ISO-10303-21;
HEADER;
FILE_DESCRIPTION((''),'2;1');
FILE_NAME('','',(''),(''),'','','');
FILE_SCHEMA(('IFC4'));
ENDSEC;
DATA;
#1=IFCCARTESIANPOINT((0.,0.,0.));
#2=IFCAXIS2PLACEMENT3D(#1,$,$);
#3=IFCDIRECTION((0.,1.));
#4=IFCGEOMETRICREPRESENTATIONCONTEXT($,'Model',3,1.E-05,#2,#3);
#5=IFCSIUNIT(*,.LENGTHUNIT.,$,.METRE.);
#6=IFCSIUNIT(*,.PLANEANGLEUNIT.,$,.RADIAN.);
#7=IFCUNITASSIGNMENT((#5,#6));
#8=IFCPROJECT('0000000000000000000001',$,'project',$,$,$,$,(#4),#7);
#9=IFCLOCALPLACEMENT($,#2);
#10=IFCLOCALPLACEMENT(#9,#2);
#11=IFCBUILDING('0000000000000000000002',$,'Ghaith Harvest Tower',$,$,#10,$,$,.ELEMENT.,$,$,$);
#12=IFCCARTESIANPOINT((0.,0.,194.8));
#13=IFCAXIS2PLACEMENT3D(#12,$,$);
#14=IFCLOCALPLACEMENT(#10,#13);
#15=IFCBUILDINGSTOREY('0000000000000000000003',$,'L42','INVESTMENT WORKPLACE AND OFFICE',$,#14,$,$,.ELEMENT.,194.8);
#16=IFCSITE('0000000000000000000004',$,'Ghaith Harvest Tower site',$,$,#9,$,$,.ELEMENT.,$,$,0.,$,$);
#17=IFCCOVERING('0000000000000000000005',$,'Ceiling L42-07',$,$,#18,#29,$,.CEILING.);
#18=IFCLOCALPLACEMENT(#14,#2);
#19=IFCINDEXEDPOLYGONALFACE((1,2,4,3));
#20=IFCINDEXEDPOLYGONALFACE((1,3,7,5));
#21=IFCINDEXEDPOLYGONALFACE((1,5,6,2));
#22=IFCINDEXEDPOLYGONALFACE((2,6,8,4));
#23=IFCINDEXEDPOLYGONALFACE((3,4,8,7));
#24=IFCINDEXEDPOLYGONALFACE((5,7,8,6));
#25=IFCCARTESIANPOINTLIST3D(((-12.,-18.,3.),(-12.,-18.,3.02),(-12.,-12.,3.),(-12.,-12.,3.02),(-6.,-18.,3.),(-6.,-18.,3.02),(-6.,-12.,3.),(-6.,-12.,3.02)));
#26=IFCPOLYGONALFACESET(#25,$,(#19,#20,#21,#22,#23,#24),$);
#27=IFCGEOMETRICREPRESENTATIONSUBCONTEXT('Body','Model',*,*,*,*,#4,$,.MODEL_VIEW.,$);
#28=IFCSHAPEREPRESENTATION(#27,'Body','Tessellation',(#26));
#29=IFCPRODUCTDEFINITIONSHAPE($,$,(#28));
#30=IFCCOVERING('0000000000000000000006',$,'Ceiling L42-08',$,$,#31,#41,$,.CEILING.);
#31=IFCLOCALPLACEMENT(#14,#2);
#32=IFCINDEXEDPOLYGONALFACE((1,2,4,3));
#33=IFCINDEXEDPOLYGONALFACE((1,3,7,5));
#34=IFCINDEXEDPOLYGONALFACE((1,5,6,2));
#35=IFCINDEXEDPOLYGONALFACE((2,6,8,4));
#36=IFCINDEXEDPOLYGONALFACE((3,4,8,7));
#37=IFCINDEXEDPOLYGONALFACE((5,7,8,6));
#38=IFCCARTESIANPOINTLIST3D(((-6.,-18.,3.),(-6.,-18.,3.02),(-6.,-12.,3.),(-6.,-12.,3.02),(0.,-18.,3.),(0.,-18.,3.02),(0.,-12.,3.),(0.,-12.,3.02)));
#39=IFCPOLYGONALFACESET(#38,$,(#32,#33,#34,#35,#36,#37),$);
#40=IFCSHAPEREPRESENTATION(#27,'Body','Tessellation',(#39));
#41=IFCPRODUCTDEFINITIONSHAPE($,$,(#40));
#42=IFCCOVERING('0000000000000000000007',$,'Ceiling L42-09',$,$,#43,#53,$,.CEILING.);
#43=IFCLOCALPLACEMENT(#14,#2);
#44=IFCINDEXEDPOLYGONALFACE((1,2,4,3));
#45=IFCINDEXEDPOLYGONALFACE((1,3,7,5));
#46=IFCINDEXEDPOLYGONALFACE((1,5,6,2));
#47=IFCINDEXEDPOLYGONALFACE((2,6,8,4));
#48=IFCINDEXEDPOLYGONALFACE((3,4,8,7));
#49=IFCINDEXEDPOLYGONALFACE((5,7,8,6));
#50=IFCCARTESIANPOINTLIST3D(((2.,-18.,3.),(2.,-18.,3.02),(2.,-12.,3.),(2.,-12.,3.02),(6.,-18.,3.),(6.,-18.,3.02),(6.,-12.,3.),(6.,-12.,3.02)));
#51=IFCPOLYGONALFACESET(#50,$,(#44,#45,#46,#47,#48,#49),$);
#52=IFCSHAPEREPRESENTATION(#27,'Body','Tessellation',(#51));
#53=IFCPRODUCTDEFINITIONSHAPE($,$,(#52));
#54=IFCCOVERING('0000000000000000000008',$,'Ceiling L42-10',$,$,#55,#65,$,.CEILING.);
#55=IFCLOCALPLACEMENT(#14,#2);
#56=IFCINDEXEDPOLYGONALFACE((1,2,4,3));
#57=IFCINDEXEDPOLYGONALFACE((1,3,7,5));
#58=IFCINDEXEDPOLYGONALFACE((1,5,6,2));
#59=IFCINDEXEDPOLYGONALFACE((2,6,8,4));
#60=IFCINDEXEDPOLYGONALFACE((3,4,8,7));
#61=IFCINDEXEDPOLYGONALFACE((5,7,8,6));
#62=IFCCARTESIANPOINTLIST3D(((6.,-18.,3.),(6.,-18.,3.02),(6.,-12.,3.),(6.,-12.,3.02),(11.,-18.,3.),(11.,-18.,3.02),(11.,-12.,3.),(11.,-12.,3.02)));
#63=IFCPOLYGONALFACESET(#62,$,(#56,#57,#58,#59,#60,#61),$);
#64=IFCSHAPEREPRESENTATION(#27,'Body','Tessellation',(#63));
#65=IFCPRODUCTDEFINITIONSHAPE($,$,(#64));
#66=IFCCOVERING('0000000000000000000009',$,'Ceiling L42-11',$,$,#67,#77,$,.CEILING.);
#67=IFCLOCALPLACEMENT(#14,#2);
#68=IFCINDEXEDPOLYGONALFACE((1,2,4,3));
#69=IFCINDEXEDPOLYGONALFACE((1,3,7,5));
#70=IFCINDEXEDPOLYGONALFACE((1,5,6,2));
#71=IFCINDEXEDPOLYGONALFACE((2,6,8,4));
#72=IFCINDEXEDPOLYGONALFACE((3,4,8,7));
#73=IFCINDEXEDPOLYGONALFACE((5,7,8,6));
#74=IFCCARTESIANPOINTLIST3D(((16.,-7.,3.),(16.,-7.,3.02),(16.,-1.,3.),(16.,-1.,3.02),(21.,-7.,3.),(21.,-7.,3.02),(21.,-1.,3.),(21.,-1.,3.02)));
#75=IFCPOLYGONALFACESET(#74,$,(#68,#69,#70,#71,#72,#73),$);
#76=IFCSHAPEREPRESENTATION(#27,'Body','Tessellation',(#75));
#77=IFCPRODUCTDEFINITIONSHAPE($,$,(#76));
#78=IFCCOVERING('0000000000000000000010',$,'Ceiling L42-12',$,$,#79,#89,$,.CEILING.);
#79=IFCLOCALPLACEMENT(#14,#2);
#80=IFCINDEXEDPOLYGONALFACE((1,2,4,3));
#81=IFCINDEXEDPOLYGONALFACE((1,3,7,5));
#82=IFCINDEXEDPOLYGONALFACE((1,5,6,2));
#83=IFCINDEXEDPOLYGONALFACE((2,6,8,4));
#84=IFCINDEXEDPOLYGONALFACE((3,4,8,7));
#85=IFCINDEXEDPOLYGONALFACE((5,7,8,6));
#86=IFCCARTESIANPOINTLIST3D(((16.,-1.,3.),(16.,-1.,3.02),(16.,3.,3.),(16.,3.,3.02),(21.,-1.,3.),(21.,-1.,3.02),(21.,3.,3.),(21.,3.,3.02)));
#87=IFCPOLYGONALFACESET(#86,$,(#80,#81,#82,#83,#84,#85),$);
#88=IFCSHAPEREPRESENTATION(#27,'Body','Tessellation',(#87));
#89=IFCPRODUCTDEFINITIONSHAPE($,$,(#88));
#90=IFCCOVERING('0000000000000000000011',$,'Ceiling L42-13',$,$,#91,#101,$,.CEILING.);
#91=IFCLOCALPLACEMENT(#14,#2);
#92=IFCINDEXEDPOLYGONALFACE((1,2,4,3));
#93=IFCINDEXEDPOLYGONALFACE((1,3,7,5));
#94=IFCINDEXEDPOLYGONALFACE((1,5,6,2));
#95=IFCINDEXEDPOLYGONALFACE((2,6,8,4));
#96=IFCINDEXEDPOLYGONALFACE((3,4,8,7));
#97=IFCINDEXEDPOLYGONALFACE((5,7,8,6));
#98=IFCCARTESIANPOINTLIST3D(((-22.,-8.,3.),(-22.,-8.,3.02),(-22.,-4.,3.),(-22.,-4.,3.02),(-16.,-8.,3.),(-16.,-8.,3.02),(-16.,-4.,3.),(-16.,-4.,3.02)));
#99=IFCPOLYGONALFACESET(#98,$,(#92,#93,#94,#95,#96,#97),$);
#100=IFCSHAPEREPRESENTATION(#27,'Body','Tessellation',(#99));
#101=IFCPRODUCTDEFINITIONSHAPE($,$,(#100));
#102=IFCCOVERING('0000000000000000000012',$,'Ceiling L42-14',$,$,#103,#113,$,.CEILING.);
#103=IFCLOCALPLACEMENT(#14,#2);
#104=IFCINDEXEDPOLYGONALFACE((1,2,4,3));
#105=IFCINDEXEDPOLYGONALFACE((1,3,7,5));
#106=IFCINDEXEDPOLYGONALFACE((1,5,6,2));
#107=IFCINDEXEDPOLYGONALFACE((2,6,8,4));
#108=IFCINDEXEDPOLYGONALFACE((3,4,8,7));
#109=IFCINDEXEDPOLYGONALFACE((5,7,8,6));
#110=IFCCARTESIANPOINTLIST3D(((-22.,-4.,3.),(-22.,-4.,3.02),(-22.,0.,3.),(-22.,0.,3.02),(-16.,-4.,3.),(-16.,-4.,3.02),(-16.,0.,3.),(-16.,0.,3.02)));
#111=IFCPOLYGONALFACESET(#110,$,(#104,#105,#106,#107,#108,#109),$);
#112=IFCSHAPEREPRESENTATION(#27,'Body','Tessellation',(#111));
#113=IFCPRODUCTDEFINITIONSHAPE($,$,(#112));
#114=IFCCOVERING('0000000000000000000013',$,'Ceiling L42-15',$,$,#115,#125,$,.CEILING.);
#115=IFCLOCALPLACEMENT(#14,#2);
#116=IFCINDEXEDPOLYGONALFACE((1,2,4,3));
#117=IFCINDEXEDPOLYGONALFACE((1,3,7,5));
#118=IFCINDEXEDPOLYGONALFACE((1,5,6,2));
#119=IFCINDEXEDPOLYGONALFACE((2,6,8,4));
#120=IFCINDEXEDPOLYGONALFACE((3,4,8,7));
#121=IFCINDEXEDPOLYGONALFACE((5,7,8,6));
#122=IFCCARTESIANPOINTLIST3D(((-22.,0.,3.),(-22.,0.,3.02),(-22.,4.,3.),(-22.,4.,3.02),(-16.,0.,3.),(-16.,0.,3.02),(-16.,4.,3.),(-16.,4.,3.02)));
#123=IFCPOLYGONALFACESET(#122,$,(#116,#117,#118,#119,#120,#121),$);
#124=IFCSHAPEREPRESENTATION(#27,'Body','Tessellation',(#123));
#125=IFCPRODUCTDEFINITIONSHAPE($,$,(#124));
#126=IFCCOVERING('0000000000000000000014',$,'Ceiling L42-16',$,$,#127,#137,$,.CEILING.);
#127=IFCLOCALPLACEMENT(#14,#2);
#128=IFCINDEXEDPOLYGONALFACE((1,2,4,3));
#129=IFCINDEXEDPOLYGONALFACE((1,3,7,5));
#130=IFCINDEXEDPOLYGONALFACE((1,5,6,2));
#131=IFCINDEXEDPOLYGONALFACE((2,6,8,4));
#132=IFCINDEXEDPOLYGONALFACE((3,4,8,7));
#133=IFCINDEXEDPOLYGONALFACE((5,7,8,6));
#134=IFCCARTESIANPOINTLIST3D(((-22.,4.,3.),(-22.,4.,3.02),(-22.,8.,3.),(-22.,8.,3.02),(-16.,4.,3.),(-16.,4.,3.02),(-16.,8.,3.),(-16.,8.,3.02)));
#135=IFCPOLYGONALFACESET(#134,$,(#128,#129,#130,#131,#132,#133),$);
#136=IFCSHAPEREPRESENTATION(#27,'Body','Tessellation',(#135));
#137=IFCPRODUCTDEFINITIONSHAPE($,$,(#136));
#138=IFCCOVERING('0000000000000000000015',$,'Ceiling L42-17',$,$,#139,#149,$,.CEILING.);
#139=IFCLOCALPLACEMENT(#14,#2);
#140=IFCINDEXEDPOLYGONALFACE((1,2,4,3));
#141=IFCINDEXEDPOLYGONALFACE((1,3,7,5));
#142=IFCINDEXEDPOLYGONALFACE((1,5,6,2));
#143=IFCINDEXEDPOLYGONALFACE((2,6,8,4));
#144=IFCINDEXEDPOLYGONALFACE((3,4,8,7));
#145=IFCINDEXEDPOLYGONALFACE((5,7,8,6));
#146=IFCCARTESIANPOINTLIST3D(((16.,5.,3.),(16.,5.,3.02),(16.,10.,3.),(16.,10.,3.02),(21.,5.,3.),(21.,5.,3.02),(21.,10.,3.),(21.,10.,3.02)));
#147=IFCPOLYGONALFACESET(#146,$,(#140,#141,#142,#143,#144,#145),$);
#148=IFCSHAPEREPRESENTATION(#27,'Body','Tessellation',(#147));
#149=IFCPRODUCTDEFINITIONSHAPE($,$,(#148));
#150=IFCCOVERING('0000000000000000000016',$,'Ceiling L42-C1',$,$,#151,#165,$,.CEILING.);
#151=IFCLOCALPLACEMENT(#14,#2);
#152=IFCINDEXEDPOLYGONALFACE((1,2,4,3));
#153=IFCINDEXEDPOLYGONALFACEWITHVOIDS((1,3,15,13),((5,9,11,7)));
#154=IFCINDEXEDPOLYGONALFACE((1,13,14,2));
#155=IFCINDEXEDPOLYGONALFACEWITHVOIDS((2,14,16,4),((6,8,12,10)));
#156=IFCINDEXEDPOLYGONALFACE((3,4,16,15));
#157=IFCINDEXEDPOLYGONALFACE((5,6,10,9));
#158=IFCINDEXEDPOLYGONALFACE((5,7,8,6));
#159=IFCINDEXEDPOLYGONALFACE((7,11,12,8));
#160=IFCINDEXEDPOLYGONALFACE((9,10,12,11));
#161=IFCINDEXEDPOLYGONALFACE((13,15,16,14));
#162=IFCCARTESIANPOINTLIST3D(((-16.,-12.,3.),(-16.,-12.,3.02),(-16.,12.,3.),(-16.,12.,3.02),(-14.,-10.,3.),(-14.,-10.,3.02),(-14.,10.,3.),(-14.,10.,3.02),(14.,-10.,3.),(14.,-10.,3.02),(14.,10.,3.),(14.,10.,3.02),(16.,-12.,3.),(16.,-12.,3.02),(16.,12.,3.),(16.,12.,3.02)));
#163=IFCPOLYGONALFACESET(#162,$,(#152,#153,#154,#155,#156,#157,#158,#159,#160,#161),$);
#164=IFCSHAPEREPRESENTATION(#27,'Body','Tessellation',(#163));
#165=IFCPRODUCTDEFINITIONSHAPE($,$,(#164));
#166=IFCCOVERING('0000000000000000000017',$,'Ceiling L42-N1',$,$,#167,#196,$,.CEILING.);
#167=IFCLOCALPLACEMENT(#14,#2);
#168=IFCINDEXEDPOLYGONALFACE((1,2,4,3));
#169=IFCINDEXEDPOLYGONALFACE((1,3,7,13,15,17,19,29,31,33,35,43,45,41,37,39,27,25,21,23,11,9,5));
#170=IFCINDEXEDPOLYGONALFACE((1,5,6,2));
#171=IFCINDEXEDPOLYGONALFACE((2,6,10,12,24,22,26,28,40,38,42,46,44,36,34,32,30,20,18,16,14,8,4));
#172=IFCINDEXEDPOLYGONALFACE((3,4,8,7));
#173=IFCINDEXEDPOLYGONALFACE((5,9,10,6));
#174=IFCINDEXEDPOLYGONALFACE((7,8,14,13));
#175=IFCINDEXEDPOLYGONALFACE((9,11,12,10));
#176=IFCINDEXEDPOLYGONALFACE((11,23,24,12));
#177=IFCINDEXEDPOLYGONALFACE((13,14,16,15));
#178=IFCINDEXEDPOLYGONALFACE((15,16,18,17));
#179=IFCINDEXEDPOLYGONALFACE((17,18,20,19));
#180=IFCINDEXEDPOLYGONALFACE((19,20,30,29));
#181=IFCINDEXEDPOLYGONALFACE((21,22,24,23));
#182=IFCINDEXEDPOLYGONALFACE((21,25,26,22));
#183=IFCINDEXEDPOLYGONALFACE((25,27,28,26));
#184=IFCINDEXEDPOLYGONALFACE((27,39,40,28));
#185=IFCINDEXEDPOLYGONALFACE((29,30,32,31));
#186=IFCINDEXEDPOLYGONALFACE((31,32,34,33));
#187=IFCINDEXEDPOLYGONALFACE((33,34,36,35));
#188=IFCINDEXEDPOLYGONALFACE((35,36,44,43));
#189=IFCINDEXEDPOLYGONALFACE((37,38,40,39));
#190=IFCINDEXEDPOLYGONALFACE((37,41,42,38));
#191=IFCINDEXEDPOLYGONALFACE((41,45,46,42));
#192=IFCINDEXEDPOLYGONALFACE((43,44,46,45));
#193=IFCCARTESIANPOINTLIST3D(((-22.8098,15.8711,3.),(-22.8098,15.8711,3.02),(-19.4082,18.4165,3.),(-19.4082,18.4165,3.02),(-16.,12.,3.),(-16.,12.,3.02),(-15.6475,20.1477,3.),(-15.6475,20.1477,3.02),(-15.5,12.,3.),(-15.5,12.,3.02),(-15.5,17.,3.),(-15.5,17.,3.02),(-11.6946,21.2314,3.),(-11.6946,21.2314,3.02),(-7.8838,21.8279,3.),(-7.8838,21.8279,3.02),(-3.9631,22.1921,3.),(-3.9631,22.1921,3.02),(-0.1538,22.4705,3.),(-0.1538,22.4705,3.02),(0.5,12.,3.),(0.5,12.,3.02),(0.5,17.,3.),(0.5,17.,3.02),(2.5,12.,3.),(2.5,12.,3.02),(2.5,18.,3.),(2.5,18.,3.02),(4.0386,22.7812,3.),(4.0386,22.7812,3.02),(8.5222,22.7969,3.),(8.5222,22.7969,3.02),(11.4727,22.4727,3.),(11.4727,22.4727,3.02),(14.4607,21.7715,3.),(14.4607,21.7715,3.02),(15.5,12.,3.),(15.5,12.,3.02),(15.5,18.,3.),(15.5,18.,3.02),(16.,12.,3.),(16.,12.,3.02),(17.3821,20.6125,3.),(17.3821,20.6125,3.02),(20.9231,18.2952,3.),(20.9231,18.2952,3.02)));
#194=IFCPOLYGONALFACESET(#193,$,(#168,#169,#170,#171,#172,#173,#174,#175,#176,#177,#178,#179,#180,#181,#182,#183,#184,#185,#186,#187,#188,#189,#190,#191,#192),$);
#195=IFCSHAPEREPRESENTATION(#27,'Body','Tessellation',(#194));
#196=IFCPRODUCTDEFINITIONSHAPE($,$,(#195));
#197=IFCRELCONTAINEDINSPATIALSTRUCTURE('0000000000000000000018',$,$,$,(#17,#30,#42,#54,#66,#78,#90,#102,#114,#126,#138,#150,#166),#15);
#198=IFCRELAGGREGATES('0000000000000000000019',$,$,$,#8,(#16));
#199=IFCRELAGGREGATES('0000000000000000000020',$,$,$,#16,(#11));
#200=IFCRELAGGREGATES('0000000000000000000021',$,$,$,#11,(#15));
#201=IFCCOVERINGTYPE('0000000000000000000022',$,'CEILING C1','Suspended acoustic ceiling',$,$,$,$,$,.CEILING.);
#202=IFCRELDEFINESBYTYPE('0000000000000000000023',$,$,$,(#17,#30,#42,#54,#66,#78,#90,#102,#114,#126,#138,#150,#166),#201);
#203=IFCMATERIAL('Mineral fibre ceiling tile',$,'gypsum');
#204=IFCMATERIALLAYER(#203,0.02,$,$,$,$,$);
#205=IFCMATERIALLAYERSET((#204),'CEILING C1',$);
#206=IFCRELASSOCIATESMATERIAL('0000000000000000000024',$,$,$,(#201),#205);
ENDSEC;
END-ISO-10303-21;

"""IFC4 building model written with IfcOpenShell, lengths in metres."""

from ifc_helpers import new_model, si_unit, direction, frame, origin, place, context, subcontext, project, spatial, polyline, outline, extrude, material, layer, layer_set, type_object, element, save


model = new_model("IFC4")

# Units and contexts
model_context = context("Model", 3, precision=1e-05, world=origin(), true_north=direction((0.0, 1.0)))
body_context = subcontext(model_context, "Body", "Model", "MODEL_VIEW")
ifc_project = project(units=[si_unit("LENGTHUNIT", "METRE"), si_unit("PLANEANGLEUNIT", "RADIAN")], contexts=[model_context])

# Site, building, storey
site_placement = place(None, origin())
site = spatial("IfcSite", under=ifc_project, at=site_placement, Name="Ghaith Harvest Tower site", CompositionType="ELEMENT", RefElevation=0.0)
building_placement = place(site_placement, origin())
building = spatial("IfcBuilding", under=site, at=building_placement, Name="Ghaith Harvest Tower", CompositionType="ELEMENT")
storey_placement = place(building_placement, frame((0.0, 0.0, 194.8)))
storey = spatial("IfcBuildingStorey", under=building, at=storey_placement, Name="L42", Description="INVESTMENT WORKPLACE AND OFFICE", CompositionType="ELEMENT", Elevation=194.8)

# Coverings
ifc_material_1 = material(Name="Mineral fibre ceiling tile", Category="gypsum")
ifc_layer_1 = layer(ifc_material_1, 0.02)
ifc_layer_set_1 = layer_set([ifc_layer_1], Name="CEILING C1")
covering_type = type_object("IfcCoveringType", Name="CEILING C1", Description="Suspended acoustic ceiling", PredefinedType="CEILING", material=ifc_layer_set_1)
covering_1_placement = place(storey_placement, frame((0.0, 0.0, 3.0)))
element("IfcCovering", 1, at=covering_1_placement, inside=storey, type_object=covering_type, Name="Ceiling L42-07", PredefinedType="CEILING", context=body_context, shape_type="SweptSolid", body=[
    extrude(outline(polyline([(-12.0, -18.0), (-6.0, -18.0), (-6.0, -12.0), (-12.0, -12.0), (-12.0, -18.0)])), origin(), (0.0, 0.0, 1.0), 0.02),
])
covering_2_placement = place(storey_placement, frame((0.0, 0.0, 3.0)))
element("IfcCovering", 2, at=covering_2_placement, inside=storey, type_object=covering_type, Name="Ceiling L42-08", PredefinedType="CEILING", context=body_context, shape_type="SweptSolid", body=[
    extrude(outline(polyline([(-6.0, -18.0), (0.0, -18.0), (0.0, -12.0), (-6.0, -12.0), (-6.0, -18.0)])), origin(), (0.0, 0.0, 1.0), 0.02),
])
covering_3_placement = place(storey_placement, frame((0.0, 0.0, 3.0)))
element("IfcCovering", 3, at=covering_3_placement, inside=storey, type_object=covering_type, Name="Ceiling L42-09", PredefinedType="CEILING", context=body_context, shape_type="SweptSolid", body=[
    extrude(outline(polyline([(2.0, -18.0), (6.0, -18.0), (6.0, -12.0), (2.0, -12.0), (2.0, -18.0)])), origin(), (0.0, 0.0, 1.0), 0.02),
])
covering_4_placement = place(storey_placement, frame((0.0, 0.0, 3.0)))
element("IfcCovering", 4, at=covering_4_placement, inside=storey, type_object=covering_type, Name="Ceiling L42-10", PredefinedType="CEILING", context=body_context, shape_type="SweptSolid", body=[
    extrude(outline(polyline([(6.0, -18.0), (11.0, -18.0), (11.0, -12.0), (6.0, -12.0), (6.0, -18.0)])), origin(), (0.0, 0.0, 1.0), 0.02),
])
covering_5_placement = place(storey_placement, frame((0.0, 0.0, 3.0)))
element("IfcCovering", 5, at=covering_5_placement, inside=storey, type_object=covering_type, Name="Ceiling L42-11", PredefinedType="CEILING", context=body_context, shape_type="SweptSolid", body=[
    extrude(outline(polyline([(16.0, -7.0), (21.0, -7.0), (21.0, -1.0), (16.0, -1.0), (16.0, -7.0)])), origin(), (0.0, 0.0, 1.0), 0.02),
])
covering_6_placement = place(storey_placement, frame((0.0, 0.0, 3.0)))
element("IfcCovering", 6, at=covering_6_placement, inside=storey, type_object=covering_type, Name="Ceiling L42-12", PredefinedType="CEILING", context=body_context, shape_type="SweptSolid", body=[
    extrude(outline(polyline([(16.0, -1.0), (21.0, -1.0), (21.0, 3.0), (16.0, 3.0), (16.0, -1.0)])), origin(), (0.0, 0.0, 1.0), 0.02),
])
covering_7_placement = place(storey_placement, frame((0.0, 0.0, 3.0)))
element("IfcCovering", 7, at=covering_7_placement, inside=storey, type_object=covering_type, Name="Ceiling L42-13", PredefinedType="CEILING", context=body_context, shape_type="SweptSolid", body=[
    extrude(outline(polyline([(-22.0, -8.0), (-16.0, -8.0), (-16.0, -4.0), (-22.0, -4.0), (-22.0, -8.0)])), origin(), (0.0, 0.0, 1.0), 0.02),
])
covering_8_placement = place(storey_placement, frame((0.0, 0.0, 3.0)))
element("IfcCovering", 8, at=covering_8_placement, inside=storey, type_object=covering_type, Name="Ceiling L42-14", PredefinedType="CEILING", context=body_context, shape_type="SweptSolid", body=[
    extrude(outline(polyline([(-22.0, -4.0), (-16.0, -4.0), (-16.0, 0.0), (-22.0, 0.0), (-22.0, -4.0)])), origin(), (0.0, 0.0, 1.0), 0.02),
])
covering_9_placement = place(storey_placement, frame((0.0, 0.0, 3.0)))
element("IfcCovering", 9, at=covering_9_placement, inside=storey, type_object=covering_type, Name="Ceiling L42-15", PredefinedType="CEILING", context=body_context, shape_type="SweptSolid", body=[
    extrude(outline(polyline([(-22.0, 0.0), (-16.0, 0.0), (-16.0, 4.0), (-22.0, 4.0), (-22.0, 0.0)])), origin(), (0.0, 0.0, 1.0), 0.02),
])
covering_10_placement = place(storey_placement, frame((0.0, 0.0, 3.0)))
element("IfcCovering", 10, at=covering_10_placement, inside=storey, type_object=covering_type, Name="Ceiling L42-16", PredefinedType="CEILING", context=body_context, shape_type="SweptSolid", body=[
    extrude(outline(polyline([(-22.0, 4.0), (-16.0, 4.0), (-16.0, 8.0), (-22.0, 8.0), (-22.0, 4.0)])), origin(), (0.0, 0.0, 1.0), 0.02),
])
covering_11_placement = place(storey_placement, frame((0.0, 0.0, 3.0)))
element("IfcCovering", 11, at=covering_11_placement, inside=storey, type_object=covering_type, Name="Ceiling L42-17", PredefinedType="CEILING", context=body_context, shape_type="SweptSolid", body=[
    extrude(outline(polyline([(16.0, 5.0), (21.0, 5.0), (21.0, 10.0), (16.0, 10.0), (16.0, 5.0)])), origin(), (0.0, 0.0, 1.0), 0.02),
])
covering_12_placement = place(storey_placement, frame((0.0, 0.0, 3.0)))
element("IfcCovering", 12, at=covering_12_placement, inside=storey, type_object=covering_type, Name="Ceiling L42-C1", PredefinedType="CEILING", context=body_context, shape_type="SweptSolid", body=[
    extrude(outline(polyline([(-16.0, 12.0), (16.0, 12.0), (16.0, -12.0), (-16.0, -12.0), (-16.0, 12.0)]), holes=[polyline([(-14.0, 10.0), (-14.0, -10.0), (14.0, -10.0), (14.0, 10.0), (-14.0, 10.0)])]), origin(), (0.0, 0.0, 1.0), 0.02),
])
covering_13_placement = place(storey_placement, frame((0.0, 0.0, 3.0)))
element("IfcCovering", 13, at=covering_13_placement, inside=storey, type_object=covering_type, Name="Ceiling L42-N1", PredefinedType="CEILING", context=body_context, shape_type="SweptSolid", body=[
    extrude(outline(polyline([(-19.4082, 18.4165), (-15.6475, 20.1477), (-11.6946, 21.2314), (-7.8838, 21.8279), (-3.9631, 22.1921), (-0.1538, 22.4705), (4.0386, 22.7812), (8.5222, 22.7969), (11.4727, 22.4727), (14.4607, 21.7715), (17.3821, 20.6125), (20.9231, 18.2952), (16.0, 12.0), (15.5, 12.0), (15.5, 18.0), (2.5, 18.0), (2.5, 12.0), (0.5, 12.0), (0.5, 17.0), (-15.5, 17.0), (-15.5, 12.0), (-16.0, 12.0), (-22.8098, 15.8711), (-19.4082, 18.4165)])), origin(), (0.0, 0.0, 1.0), 0.02),
])

save(model, "model.ifc")
